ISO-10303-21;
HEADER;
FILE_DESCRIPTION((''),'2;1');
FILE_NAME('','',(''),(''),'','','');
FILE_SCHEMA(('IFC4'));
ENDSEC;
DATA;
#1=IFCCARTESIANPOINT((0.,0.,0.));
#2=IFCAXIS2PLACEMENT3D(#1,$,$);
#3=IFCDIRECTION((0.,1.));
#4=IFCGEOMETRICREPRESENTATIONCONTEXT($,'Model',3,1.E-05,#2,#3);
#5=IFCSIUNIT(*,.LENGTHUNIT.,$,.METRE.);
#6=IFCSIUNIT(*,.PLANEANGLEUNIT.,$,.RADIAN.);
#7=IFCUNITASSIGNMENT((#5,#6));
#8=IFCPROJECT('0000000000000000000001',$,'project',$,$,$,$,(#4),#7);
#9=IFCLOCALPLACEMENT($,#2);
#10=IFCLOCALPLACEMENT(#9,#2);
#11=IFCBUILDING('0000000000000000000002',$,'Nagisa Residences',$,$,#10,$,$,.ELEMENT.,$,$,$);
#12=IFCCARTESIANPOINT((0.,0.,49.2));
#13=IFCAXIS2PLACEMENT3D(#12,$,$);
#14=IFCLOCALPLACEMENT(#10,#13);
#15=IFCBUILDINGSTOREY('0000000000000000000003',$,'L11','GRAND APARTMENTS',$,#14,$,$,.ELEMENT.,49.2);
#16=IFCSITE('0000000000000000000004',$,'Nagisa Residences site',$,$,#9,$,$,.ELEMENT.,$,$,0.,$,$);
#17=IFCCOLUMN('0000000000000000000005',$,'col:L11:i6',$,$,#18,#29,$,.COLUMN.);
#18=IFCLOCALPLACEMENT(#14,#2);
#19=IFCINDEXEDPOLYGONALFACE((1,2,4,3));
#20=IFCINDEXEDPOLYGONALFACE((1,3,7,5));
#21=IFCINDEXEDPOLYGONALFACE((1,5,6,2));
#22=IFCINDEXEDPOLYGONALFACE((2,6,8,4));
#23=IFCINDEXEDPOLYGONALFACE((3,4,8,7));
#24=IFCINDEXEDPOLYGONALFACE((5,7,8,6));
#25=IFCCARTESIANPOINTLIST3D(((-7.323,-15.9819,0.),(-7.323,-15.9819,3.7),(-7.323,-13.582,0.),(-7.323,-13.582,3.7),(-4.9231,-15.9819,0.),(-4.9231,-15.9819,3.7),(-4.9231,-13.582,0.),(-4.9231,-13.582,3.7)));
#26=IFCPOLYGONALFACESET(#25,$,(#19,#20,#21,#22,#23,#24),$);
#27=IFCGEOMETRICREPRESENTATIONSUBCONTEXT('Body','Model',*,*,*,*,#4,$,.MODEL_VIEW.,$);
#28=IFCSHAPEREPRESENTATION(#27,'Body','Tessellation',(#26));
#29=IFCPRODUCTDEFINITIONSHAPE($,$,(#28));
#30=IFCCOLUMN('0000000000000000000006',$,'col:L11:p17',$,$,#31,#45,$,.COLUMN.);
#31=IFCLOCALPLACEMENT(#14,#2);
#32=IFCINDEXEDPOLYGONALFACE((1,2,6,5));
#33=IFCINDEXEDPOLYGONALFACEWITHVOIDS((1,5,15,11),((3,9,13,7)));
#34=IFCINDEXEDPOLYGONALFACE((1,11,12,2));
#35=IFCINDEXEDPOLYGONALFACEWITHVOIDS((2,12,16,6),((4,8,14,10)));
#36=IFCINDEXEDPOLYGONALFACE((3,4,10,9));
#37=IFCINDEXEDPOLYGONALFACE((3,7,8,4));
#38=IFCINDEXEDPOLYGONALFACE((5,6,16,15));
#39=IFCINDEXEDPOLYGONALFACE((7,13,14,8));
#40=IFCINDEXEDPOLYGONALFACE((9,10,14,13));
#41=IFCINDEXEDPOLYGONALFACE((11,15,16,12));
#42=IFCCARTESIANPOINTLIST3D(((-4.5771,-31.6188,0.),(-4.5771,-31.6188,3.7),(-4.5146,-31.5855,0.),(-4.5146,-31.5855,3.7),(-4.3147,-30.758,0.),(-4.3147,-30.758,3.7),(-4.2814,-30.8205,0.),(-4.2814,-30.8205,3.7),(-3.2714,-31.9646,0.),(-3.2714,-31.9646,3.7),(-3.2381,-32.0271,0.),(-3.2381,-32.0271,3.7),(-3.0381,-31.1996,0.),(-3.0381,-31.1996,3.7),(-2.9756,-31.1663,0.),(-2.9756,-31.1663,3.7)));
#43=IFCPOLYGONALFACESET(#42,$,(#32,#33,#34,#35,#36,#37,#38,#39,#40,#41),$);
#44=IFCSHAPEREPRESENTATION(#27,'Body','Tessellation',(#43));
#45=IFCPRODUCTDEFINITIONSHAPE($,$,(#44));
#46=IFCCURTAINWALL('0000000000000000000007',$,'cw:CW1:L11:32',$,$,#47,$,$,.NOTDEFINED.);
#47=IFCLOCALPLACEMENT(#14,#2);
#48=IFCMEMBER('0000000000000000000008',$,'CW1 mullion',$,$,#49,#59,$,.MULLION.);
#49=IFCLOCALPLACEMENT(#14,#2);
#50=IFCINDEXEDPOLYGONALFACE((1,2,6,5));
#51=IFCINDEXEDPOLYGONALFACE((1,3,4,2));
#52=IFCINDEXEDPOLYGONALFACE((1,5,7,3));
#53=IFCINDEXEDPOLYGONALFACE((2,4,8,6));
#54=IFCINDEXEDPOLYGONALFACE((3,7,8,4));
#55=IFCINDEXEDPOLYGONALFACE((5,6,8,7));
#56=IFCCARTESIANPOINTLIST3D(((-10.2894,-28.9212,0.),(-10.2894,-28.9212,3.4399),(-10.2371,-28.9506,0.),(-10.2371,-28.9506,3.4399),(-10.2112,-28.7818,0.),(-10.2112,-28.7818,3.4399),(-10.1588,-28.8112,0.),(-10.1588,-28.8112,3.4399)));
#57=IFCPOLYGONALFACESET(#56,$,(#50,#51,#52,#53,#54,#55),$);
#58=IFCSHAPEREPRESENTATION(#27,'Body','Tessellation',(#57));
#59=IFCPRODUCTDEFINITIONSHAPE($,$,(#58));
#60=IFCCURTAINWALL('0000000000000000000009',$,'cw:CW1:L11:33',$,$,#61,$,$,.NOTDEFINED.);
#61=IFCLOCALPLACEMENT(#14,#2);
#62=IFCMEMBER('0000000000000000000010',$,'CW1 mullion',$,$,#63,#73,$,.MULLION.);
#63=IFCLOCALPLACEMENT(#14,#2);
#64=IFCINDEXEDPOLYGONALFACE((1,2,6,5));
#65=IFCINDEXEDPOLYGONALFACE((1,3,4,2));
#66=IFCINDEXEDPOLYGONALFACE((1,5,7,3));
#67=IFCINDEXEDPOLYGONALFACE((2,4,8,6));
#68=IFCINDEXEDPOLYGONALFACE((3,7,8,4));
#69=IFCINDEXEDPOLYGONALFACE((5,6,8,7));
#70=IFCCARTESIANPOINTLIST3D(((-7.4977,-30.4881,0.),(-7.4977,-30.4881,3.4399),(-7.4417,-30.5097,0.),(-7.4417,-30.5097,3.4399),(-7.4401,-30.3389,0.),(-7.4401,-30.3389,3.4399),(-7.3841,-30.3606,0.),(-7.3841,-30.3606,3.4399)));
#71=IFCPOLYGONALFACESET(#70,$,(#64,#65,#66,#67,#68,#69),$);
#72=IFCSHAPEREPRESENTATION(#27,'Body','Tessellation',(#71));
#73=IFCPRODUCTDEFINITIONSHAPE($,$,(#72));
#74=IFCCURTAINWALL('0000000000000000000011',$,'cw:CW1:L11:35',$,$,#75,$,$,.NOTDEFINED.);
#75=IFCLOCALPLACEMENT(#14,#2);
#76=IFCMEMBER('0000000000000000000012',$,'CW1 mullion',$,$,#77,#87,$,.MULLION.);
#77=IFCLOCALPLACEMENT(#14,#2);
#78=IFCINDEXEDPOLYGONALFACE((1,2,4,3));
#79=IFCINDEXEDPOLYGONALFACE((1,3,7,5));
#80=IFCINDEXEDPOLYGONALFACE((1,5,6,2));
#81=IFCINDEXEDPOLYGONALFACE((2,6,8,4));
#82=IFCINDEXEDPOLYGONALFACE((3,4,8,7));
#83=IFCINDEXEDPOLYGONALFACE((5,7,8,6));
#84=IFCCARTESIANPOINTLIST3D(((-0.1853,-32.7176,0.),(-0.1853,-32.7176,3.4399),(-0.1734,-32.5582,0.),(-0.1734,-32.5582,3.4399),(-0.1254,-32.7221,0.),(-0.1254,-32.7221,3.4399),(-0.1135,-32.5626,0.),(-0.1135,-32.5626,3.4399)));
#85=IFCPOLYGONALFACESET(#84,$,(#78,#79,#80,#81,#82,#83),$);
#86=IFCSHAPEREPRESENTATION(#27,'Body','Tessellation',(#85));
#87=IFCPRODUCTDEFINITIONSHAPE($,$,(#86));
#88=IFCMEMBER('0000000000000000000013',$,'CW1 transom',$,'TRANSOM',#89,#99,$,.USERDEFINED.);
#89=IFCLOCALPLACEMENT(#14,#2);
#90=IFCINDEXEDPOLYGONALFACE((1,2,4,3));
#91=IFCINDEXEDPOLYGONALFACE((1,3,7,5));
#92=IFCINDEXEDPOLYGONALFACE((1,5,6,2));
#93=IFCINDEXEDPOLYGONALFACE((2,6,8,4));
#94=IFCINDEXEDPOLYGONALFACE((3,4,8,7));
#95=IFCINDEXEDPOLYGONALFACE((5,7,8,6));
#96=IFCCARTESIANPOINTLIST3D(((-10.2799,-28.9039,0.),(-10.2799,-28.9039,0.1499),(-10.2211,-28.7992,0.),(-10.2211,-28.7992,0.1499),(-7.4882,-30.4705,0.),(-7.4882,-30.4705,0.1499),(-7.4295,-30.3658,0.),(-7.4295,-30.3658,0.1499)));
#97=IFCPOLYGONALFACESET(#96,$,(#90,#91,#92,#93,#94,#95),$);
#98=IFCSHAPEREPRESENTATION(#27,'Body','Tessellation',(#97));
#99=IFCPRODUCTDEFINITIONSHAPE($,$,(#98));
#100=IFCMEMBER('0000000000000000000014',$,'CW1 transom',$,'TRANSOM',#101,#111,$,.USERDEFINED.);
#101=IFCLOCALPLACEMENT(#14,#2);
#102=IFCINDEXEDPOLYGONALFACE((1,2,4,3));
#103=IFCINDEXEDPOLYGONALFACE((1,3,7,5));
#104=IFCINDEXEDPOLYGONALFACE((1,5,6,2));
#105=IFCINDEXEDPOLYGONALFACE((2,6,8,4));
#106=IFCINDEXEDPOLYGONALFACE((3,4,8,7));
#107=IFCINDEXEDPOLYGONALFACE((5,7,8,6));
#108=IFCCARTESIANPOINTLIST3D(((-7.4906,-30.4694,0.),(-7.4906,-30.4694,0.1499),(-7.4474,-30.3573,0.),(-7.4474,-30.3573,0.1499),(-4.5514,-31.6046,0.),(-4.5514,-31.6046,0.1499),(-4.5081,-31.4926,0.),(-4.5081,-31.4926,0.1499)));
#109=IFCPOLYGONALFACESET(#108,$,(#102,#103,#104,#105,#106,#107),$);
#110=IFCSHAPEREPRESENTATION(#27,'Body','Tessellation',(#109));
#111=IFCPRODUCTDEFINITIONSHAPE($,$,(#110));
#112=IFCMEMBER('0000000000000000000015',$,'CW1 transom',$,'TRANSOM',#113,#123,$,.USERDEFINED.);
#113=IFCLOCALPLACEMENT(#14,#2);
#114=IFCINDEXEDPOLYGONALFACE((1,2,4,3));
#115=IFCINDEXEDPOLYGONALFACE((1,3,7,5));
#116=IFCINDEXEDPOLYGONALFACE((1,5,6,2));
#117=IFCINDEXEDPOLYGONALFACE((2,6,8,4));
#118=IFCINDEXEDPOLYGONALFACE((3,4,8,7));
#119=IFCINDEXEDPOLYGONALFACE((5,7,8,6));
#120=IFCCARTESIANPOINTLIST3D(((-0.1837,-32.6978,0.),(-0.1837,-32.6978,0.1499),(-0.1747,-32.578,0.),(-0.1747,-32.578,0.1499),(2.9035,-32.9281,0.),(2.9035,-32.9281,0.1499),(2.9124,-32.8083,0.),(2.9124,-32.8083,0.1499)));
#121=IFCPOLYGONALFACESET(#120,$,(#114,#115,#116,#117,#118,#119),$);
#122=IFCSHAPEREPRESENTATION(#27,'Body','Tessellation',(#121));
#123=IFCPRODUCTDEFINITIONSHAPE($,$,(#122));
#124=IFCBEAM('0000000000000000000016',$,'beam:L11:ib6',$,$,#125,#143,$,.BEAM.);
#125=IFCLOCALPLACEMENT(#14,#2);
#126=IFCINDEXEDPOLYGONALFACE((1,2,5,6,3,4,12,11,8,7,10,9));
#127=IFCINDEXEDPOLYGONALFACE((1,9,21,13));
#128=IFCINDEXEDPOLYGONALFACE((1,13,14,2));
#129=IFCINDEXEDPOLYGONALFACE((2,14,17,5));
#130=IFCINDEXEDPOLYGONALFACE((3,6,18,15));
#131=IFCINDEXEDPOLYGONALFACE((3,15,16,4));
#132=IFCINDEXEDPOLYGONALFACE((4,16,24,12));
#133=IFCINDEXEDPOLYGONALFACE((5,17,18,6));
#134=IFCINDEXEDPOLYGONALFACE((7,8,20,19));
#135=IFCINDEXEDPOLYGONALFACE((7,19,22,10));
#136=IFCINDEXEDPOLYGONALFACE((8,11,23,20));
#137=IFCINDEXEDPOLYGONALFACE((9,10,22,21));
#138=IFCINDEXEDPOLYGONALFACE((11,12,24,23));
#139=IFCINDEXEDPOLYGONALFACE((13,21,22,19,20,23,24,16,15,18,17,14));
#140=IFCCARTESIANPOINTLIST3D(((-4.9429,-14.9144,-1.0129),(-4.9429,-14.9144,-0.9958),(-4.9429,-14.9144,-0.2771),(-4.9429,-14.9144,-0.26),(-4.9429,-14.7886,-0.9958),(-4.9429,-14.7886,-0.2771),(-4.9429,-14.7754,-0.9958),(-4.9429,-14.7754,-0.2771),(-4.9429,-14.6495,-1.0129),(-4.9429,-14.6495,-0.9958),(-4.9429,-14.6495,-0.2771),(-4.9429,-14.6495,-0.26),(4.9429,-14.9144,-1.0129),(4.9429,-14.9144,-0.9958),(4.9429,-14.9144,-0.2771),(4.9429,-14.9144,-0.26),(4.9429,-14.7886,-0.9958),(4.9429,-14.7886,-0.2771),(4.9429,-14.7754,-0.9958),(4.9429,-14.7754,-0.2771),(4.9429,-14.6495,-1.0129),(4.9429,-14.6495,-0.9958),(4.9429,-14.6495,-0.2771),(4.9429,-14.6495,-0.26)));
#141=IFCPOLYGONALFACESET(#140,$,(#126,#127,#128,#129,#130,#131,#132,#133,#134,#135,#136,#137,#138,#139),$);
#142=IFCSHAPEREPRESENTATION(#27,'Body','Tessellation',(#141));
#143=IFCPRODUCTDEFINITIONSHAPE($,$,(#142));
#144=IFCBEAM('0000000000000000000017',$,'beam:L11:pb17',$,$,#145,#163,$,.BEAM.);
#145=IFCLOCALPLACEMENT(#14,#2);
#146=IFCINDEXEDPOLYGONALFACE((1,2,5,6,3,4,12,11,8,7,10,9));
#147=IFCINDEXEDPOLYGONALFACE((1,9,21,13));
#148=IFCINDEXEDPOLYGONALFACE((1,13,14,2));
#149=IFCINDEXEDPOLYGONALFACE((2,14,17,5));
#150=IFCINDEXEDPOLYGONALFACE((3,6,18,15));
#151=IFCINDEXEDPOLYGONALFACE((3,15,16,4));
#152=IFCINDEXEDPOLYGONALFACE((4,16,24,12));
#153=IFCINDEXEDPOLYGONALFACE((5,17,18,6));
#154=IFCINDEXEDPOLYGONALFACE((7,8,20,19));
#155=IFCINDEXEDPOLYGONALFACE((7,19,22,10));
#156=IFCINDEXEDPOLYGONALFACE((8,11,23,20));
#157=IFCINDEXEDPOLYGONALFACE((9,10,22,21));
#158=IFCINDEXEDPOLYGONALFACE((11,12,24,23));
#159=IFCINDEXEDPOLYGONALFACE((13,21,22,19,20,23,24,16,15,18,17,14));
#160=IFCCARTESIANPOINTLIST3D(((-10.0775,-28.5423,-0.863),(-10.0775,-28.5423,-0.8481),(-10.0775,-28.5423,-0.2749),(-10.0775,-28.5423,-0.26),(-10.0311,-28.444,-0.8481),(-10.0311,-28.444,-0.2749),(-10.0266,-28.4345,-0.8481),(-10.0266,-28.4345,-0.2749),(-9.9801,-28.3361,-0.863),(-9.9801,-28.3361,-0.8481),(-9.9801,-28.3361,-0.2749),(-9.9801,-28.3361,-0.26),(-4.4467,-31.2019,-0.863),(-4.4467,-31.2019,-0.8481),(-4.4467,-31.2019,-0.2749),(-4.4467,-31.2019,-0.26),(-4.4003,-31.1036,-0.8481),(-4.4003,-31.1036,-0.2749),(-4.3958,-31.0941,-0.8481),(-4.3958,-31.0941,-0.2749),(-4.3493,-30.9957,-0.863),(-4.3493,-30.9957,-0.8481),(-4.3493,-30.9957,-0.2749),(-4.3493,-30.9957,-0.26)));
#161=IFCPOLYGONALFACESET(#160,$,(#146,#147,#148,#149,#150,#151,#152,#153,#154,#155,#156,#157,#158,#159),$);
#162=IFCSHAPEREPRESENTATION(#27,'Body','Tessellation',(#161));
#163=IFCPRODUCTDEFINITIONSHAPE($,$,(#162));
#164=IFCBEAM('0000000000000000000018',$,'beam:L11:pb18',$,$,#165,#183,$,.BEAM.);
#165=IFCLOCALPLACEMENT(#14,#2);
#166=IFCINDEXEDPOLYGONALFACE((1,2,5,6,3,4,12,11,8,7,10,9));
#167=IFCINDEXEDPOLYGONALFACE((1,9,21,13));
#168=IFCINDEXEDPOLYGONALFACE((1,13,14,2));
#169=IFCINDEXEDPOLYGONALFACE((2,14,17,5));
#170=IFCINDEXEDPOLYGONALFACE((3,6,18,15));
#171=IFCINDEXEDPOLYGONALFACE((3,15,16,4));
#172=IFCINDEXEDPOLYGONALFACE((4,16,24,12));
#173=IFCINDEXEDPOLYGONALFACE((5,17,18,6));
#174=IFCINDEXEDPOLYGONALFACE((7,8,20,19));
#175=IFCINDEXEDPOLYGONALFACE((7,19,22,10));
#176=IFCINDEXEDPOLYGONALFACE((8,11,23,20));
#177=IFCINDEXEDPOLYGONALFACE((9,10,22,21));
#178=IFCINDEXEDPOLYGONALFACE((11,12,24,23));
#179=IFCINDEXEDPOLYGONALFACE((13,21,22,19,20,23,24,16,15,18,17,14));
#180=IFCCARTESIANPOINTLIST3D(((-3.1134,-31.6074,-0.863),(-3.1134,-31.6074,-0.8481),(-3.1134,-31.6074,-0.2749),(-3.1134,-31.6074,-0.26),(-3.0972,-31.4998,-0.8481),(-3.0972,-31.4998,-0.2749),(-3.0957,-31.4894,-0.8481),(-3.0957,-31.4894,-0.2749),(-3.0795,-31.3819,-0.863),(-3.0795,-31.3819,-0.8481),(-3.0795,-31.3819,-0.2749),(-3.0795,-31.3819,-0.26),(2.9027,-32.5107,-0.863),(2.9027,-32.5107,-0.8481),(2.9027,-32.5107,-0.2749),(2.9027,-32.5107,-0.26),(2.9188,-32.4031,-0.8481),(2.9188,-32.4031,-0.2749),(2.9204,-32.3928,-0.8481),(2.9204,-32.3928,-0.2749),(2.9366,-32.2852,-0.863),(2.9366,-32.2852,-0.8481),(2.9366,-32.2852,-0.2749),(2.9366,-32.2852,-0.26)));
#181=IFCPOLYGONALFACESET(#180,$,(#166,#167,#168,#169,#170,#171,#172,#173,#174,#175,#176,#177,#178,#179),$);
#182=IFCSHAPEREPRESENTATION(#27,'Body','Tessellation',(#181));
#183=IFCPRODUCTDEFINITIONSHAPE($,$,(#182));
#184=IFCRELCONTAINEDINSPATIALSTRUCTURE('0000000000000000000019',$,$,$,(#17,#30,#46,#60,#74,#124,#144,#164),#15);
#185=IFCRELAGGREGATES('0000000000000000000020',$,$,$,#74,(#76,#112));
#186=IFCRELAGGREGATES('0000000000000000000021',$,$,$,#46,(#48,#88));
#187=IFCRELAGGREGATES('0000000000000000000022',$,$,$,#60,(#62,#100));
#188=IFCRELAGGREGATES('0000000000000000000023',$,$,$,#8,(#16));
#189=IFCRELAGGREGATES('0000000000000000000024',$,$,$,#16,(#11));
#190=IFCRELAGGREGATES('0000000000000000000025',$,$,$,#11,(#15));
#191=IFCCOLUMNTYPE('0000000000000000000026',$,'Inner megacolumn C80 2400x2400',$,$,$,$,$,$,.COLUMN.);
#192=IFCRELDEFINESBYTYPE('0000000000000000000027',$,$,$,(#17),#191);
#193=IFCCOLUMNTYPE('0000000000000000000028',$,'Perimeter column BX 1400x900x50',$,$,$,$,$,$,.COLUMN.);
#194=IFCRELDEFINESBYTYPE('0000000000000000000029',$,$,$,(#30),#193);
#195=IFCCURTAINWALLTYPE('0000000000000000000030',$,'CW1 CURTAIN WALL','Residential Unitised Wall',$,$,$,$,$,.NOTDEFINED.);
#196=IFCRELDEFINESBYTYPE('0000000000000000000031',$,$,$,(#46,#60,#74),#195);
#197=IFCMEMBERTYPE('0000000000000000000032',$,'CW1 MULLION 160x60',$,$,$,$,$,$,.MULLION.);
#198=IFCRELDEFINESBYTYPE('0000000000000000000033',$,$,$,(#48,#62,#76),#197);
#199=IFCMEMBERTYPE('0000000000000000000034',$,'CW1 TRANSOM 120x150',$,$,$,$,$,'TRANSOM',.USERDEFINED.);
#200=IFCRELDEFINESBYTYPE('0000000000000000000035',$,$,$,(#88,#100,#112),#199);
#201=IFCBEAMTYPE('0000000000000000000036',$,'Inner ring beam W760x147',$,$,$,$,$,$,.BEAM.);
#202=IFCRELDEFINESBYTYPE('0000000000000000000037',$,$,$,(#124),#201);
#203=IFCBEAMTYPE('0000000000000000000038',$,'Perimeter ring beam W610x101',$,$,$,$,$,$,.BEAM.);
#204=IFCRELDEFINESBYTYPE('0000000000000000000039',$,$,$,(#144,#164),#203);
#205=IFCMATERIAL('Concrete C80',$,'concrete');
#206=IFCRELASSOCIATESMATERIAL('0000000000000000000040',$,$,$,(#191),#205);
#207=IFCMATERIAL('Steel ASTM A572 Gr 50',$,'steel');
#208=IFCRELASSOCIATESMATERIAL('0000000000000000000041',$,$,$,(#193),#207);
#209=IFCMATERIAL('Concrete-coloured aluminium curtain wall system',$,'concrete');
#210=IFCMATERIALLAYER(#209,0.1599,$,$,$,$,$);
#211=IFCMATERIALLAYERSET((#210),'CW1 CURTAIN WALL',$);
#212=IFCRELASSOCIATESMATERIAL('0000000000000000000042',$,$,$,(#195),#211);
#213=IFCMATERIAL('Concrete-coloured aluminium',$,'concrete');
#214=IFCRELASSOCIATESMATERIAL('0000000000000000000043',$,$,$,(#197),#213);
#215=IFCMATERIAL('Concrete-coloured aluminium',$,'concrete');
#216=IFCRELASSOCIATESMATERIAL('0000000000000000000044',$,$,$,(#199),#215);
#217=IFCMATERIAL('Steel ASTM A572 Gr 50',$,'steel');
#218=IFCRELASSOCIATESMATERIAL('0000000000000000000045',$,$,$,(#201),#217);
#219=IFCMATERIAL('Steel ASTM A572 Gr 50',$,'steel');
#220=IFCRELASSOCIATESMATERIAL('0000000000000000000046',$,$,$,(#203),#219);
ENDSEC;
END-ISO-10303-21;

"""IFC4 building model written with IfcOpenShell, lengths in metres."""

from ifc_helpers import new_model, si_unit, direction, frame, origin, origin_2d, place, context, subcontext, project, spatial, rectangle, hollow_rectangle, i_section, extrude, material, layer, layer_set, material_profile, profile_set, type_object, element, aggregate, save


model = new_model("IFC4")

# Units and contexts
model_context = context("Model", 3, precision=1e-05, world=origin(), true_north=direction((0.0, 1.0)))
body_context = subcontext(model_context, "Body", "Model", "MODEL_VIEW")
ifc_project = project(units=[si_unit("LENGTHUNIT", "METRE"), si_unit("PLANEANGLEUNIT", "RADIAN")], contexts=[model_context])

# Site, building, storey
site_placement = place(None, origin())
site = spatial("IfcSite", under=ifc_project, at=site_placement, Name="Nagisa Residences site", CompositionType="ELEMENT", RefElevation=0.0)
building_placement = place(site_placement, origin())
building = spatial("IfcBuilding", under=site, at=building_placement, Name="Nagisa Residences", CompositionType="ELEMENT")
storey_placement = place(building_placement, frame((0.0, 0.0, 49.2)))
storey = spatial("IfcBuildingStorey", under=building, at=storey_placement, Name="L11", Description="GRAND APARTMENTS", CompositionType="ELEMENT", Elevation=49.2)

# Columns
ifc_material_1 = material(Name="Concrete C80", Category="concrete")
ifc_material_profile_1 = material_profile(ifc_material_1, rectangle(XDim=2.3999, YDim=2.3999, at=origin_2d()), Name="C80 2400x2400")
ifc_profile_set_1 = profile_set([ifc_material_profile_1], Name="Concrete C80")
column_type_1 = type_object("IfcColumnType", Name="Inner megacolumn C80 2400x2400", PredefinedType="COLUMN", material=ifc_profile_set_1)
column_1_placement = place(storey_placement, frame((-6.123, -14.782, 0.0), z_axis=(0.0, 0.0, 1.0), x_axis=(1.0, 0.0, 0.0)))
element("IfcColumn", 1, at=column_1_placement, inside=storey, type_object=column_type_1, Name="col:L11:i6", PredefinedType="COLUMN", context=body_context, shape_type="SweptSolid", body=[
    extrude(rectangle(XDim=2.3999, YDim=2.3999, at=origin_2d()), origin(), (0.0, 0.0, 1.0), 3.7),
])
ifc_material_2 = material(Name="Steel ASTM A572 Gr 50", Category="steel")
ifc_material_profile_2 = material_profile(ifc_material_2, hollow_rectangle(XDim=1.3999, YDim=0.8999, WallThickness=0.05, at=origin_2d()), Name="BX 1400x900x50")
ifc_profile_set_2 = profile_set([ifc_material_profile_2], Name="Steel ASTM A572 Gr 50")
column_type_2 = type_object("IfcColumnType", Name="Perimeter column BX 1400x900x50", PredefinedType="COLUMN", material=ifc_profile_set_2)
column_2_placement = place(storey_placement, frame((-3.7764, -31.3926, 0.0), z_axis=(0.0, 0.0, 1.0), x_axis=(0.956525, -0.291652, 0.0)))
element("IfcColumn", 2, at=column_2_placement, inside=storey, type_object=column_type_2, Name="col:L11:p17", PredefinedType="COLUMN", context=body_context, shape_type="SweptSolid", body=[
    extrude(hollow_rectangle(XDim=1.3999, YDim=0.8999, WallThickness=0.05, at=origin_2d()), origin(), (0.0, 0.0, 1.0), 3.7),
])

# Curtain walls, members
ifc_material_3 = material(Name="Concrete-coloured aluminium curtain wall system", Category="concrete")
ifc_layer_1 = layer(ifc_material_3, 0.1599)
ifc_layer_set_1 = layer_set([ifc_layer_1], Name="CW1 CURTAIN WALL")
curtain_wall_type = type_object("IfcCurtainWallType", Name="CW1 CURTAIN WALL", Description="Residential Unitised Wall", PredefinedType="NOTDEFINED", material=ifc_layer_set_1)
curtain_wall_1_placement = place(storey_placement, origin())
curtain_wall_1 = element("IfcCurtainWall", 3, at=curtain_wall_1_placement, inside=storey, type_object=curtain_wall_type, Name="cw:CW1:L11:32", PredefinedType="NOTDEFINED")
ifc_material_4 = material(Name="Concrete-coloured aluminium", Category="concrete")
ifc_material_profile_3 = material_profile(ifc_material_4, rectangle(XDim=0.1599, YDim=0.0601, at=origin_2d()), Name="CW1 MULLION 160x60")
ifc_profile_set_3 = profile_set([ifc_material_profile_3], Name="Concrete-coloured aluminium")
member_type_1 = type_object("IfcMemberType", Name="CW1 MULLION 160x60", PredefinedType="MULLION", material=ifc_profile_set_3)
member_1_placement = place(storey_placement, frame((-10.2241, -28.8662, 0.0), z_axis=(0.0, 0.0, 1.0), x_axis=(0.489377, 0.872072, 0.0)))
member_1 = element("IfcMember", 4, at=member_1_placement, type_object=member_type_1, Name="CW1 mullion", PredefinedType="MULLION", context=body_context, shape_type="SweptSolid", body=[
    extrude(rectangle(XDim=0.1599, YDim=0.0601, at=origin_2d()), origin(), (0.0, 0.0, 1.0), 3.4399),
])
curtain_wall_2_placement = place(storey_placement, origin())
curtain_wall_2 = element("IfcCurtainWall", 5, at=curtain_wall_2_placement, inside=storey, type_object=curtain_wall_type, Name="cw:CW1:L11:33", PredefinedType="NOTDEFINED")
member_2_placement = place(storey_placement, frame((-7.4409, -30.4243, 0.0), z_axis=(0.0, 0.0, 1.0), x_axis=(0.360328, 0.932826, 0.0)))
member_2 = element("IfcMember", 6, at=member_2_placement, type_object=member_type_1, Name="CW1 mullion", PredefinedType="MULLION", context=body_context, shape_type="SweptSolid", body=[
    extrude(rectangle(XDim=0.1599, YDim=0.0601, at=origin_2d()), origin(), (0.0, 0.0, 1.0), 3.4399),
])
curtain_wall_3_placement = place(storey_placement, origin())
curtain_wall_3 = element("IfcCurtainWall", 7, at=curtain_wall_3_placement, inside=storey, type_object=curtain_wall_type, Name="cw:CW1:L11:35", PredefinedType="NOTDEFINED")
member_3_placement = place(storey_placement, frame((-0.1494, -32.6401, 0.0), z_axis=(0.0, 0.0, 1.0), x_axis=(0.074377, 0.99723, 0.0)))
member_3 = element("IfcMember", 8, at=member_3_placement, type_object=member_type_1, Name="CW1 mullion", PredefinedType="MULLION", context=body_context, shape_type="SweptSolid", body=[
    extrude(rectangle(XDim=0.1599, YDim=0.0601, at=origin_2d()), origin(), (0.0, 0.0, 1.0), 3.4399),
])

# Members
ifc_material_5 = material(Name="Concrete-coloured aluminium", Category="concrete")
ifc_material_profile_4 = material_profile(ifc_material_5, rectangle(XDim=0.1201, YDim=0.1499, at=origin_2d()), Name="CW1 TRANSOM 120x150")
ifc_profile_set_4 = profile_set([ifc_material_profile_4], Name="Concrete-coloured aluminium")
member_type_2 = type_object("IfcMemberType", Name="CW1 TRANSOM 120x150", ElementType="TRANSOM", PredefinedType="USERDEFINED", material=ifc_profile_set_4)
member_4_placement = place(storey_placement, frame((-10.2505, -28.8516, 0.075), z_axis=(0.87207, -0.489381, 0.0), x_axis=(0.489381, 0.87207, 0.0)))
member_4 = element("IfcMember", 9, at=member_4_placement, type_object=member_type_2, Name="CW1 transom", ObjectType="TRANSOM", PredefinedType="USERDEFINED", context=body_context, shape_type="SweptSolid", body=[
    extrude(rectangle(XDim=0.1201, YDim=0.1499, at=origin_2d()), origin(), (0.0, 0.0, 1.0), 3.2012),
])
member_5_placement = place(storey_placement, frame((-7.469, -30.4133, 0.075), z_axis=(0.932835, -0.360303, 0.0), x_axis=(0.360303, 0.932835, 0.0)))
member_5 = element("IfcMember", 10, at=member_5_placement, type_object=member_type_2, Name="CW1 transom", ObjectType="TRANSOM", PredefinedType="USERDEFINED", context=body_context, shape_type="SweptSolid", body=[
    extrude(rectangle(XDim=0.1201, YDim=0.1499, at=origin_2d()), origin(), (0.0, 0.0, 1.0), 3.1509),
])
member_6_placement = place(storey_placement, frame((-0.1792, -32.6379, 0.075), z_axis=(0.997231, -0.074368, 0.0), x_axis=(0.074368, 0.997231, 0.0)))
member_6 = element("IfcMember", 11, at=member_6_placement, type_object=member_type_2, Name="CW1 transom", ObjectType="TRANSOM", PredefinedType="USERDEFINED", context=body_context, shape_type="SweptSolid", body=[
    extrude(rectangle(XDim=0.1201, YDim=0.1499, at=origin_2d()), origin(), (0.0, 0.0, 1.0), 3.0957),
])
aggregate(curtain_wall_3, [member_3, member_6])

# Beams
ifc_material_6 = material(Name="Steel ASTM A572 Gr 50", Category="steel")
ifc_material_profile_5 = material_profile(ifc_material_6, i_section(OverallWidth=0.2649, OverallDepth=0.7529, WebThickness=0.0132, FlangeThickness=0.0171, at=origin_2d()), Name="W760x147")
ifc_profile_set_5 = profile_set([ifc_material_profile_5], Name="Steel ASTM A572 Gr 50")
beam_type_1 = type_object("IfcBeamType", Name="Inner ring beam W760x147", PredefinedType="BEAM", material=ifc_profile_set_5)
beam_1_placement = place(storey_placement, frame((-4.9429, -14.782, -0.6365), z_axis=(1.0, 0.0, 0.0), x_axis=(0.0, 1.0, 0.0)))
element("IfcBeam", 12, at=beam_1_placement, inside=storey, type_object=beam_type_1, Name="beam:L11:ib6", PredefinedType="BEAM", context=body_context, shape_type="SweptSolid", body=[
    extrude(i_section(OverallWidth=0.2649, OverallDepth=0.7529, WebThickness=0.0132, FlangeThickness=0.0171, at=origin_2d()), origin(), (0.0, 0.0, 1.0), 9.8857),
])
ifc_material_7 = material(Name="Steel ASTM A572 Gr 50", Category="steel")
ifc_material_profile_6 = material_profile(ifc_material_7, i_section(OverallWidth=0.228, OverallDepth=0.603, WebThickness=0.0105, FlangeThickness=0.0149, at=origin_2d()), Name="W610x101")
ifc_profile_set_6 = profile_set([ifc_material_profile_6], Name="Steel ASTM A572 Gr 50")
beam_type_2 = type_object("IfcBeamType", Name="Perimeter ring beam W610x101", PredefinedType="BEAM", material=ifc_profile_set_6)
beam_2_placement = place(storey_placement, frame((-10.0288, -28.4392, -0.5615), z_axis=(0.904208, -0.427092, 0.0), x_axis=(0.427092, 0.904208, 0.0)))
element("IfcBeam", 13, at=beam_2_placement, inside=storey, type_object=beam_type_2, Name="beam:L11:pb17", PredefinedType="BEAM", context=body_context, shape_type="SweptSolid", body=[
    extrude(i_section(OverallWidth=0.228, OverallDepth=0.603, WebThickness=0.0105, FlangeThickness=0.0149, at=origin_2d()), origin(), (0.0, 0.0, 1.0), 6.2273),
])
beam_3_placement = place(storey_placement, frame((-3.0964, -31.4946, -0.5615), z_axis=(0.988915, -0.148486, 0.0), x_axis=(0.148486, 0.988915, 0.0)))
element("IfcBeam", 14, at=beam_3_placement, inside=storey, type_object=beam_type_2, Name="beam:L11:pb18", PredefinedType="BEAM", context=body_context, shape_type="SweptSolid", body=[
    extrude(i_section(OverallWidth=0.228, OverallDepth=0.603, WebThickness=0.0105, FlangeThickness=0.0149, at=origin_2d()), origin(), (0.0, 0.0, 1.0), 6.0835),
])

aggregate(curtain_wall_1, [member_1, member_4])
aggregate(curtain_wall_2, [member_2, member_5])

save(model, "model.ifc")
